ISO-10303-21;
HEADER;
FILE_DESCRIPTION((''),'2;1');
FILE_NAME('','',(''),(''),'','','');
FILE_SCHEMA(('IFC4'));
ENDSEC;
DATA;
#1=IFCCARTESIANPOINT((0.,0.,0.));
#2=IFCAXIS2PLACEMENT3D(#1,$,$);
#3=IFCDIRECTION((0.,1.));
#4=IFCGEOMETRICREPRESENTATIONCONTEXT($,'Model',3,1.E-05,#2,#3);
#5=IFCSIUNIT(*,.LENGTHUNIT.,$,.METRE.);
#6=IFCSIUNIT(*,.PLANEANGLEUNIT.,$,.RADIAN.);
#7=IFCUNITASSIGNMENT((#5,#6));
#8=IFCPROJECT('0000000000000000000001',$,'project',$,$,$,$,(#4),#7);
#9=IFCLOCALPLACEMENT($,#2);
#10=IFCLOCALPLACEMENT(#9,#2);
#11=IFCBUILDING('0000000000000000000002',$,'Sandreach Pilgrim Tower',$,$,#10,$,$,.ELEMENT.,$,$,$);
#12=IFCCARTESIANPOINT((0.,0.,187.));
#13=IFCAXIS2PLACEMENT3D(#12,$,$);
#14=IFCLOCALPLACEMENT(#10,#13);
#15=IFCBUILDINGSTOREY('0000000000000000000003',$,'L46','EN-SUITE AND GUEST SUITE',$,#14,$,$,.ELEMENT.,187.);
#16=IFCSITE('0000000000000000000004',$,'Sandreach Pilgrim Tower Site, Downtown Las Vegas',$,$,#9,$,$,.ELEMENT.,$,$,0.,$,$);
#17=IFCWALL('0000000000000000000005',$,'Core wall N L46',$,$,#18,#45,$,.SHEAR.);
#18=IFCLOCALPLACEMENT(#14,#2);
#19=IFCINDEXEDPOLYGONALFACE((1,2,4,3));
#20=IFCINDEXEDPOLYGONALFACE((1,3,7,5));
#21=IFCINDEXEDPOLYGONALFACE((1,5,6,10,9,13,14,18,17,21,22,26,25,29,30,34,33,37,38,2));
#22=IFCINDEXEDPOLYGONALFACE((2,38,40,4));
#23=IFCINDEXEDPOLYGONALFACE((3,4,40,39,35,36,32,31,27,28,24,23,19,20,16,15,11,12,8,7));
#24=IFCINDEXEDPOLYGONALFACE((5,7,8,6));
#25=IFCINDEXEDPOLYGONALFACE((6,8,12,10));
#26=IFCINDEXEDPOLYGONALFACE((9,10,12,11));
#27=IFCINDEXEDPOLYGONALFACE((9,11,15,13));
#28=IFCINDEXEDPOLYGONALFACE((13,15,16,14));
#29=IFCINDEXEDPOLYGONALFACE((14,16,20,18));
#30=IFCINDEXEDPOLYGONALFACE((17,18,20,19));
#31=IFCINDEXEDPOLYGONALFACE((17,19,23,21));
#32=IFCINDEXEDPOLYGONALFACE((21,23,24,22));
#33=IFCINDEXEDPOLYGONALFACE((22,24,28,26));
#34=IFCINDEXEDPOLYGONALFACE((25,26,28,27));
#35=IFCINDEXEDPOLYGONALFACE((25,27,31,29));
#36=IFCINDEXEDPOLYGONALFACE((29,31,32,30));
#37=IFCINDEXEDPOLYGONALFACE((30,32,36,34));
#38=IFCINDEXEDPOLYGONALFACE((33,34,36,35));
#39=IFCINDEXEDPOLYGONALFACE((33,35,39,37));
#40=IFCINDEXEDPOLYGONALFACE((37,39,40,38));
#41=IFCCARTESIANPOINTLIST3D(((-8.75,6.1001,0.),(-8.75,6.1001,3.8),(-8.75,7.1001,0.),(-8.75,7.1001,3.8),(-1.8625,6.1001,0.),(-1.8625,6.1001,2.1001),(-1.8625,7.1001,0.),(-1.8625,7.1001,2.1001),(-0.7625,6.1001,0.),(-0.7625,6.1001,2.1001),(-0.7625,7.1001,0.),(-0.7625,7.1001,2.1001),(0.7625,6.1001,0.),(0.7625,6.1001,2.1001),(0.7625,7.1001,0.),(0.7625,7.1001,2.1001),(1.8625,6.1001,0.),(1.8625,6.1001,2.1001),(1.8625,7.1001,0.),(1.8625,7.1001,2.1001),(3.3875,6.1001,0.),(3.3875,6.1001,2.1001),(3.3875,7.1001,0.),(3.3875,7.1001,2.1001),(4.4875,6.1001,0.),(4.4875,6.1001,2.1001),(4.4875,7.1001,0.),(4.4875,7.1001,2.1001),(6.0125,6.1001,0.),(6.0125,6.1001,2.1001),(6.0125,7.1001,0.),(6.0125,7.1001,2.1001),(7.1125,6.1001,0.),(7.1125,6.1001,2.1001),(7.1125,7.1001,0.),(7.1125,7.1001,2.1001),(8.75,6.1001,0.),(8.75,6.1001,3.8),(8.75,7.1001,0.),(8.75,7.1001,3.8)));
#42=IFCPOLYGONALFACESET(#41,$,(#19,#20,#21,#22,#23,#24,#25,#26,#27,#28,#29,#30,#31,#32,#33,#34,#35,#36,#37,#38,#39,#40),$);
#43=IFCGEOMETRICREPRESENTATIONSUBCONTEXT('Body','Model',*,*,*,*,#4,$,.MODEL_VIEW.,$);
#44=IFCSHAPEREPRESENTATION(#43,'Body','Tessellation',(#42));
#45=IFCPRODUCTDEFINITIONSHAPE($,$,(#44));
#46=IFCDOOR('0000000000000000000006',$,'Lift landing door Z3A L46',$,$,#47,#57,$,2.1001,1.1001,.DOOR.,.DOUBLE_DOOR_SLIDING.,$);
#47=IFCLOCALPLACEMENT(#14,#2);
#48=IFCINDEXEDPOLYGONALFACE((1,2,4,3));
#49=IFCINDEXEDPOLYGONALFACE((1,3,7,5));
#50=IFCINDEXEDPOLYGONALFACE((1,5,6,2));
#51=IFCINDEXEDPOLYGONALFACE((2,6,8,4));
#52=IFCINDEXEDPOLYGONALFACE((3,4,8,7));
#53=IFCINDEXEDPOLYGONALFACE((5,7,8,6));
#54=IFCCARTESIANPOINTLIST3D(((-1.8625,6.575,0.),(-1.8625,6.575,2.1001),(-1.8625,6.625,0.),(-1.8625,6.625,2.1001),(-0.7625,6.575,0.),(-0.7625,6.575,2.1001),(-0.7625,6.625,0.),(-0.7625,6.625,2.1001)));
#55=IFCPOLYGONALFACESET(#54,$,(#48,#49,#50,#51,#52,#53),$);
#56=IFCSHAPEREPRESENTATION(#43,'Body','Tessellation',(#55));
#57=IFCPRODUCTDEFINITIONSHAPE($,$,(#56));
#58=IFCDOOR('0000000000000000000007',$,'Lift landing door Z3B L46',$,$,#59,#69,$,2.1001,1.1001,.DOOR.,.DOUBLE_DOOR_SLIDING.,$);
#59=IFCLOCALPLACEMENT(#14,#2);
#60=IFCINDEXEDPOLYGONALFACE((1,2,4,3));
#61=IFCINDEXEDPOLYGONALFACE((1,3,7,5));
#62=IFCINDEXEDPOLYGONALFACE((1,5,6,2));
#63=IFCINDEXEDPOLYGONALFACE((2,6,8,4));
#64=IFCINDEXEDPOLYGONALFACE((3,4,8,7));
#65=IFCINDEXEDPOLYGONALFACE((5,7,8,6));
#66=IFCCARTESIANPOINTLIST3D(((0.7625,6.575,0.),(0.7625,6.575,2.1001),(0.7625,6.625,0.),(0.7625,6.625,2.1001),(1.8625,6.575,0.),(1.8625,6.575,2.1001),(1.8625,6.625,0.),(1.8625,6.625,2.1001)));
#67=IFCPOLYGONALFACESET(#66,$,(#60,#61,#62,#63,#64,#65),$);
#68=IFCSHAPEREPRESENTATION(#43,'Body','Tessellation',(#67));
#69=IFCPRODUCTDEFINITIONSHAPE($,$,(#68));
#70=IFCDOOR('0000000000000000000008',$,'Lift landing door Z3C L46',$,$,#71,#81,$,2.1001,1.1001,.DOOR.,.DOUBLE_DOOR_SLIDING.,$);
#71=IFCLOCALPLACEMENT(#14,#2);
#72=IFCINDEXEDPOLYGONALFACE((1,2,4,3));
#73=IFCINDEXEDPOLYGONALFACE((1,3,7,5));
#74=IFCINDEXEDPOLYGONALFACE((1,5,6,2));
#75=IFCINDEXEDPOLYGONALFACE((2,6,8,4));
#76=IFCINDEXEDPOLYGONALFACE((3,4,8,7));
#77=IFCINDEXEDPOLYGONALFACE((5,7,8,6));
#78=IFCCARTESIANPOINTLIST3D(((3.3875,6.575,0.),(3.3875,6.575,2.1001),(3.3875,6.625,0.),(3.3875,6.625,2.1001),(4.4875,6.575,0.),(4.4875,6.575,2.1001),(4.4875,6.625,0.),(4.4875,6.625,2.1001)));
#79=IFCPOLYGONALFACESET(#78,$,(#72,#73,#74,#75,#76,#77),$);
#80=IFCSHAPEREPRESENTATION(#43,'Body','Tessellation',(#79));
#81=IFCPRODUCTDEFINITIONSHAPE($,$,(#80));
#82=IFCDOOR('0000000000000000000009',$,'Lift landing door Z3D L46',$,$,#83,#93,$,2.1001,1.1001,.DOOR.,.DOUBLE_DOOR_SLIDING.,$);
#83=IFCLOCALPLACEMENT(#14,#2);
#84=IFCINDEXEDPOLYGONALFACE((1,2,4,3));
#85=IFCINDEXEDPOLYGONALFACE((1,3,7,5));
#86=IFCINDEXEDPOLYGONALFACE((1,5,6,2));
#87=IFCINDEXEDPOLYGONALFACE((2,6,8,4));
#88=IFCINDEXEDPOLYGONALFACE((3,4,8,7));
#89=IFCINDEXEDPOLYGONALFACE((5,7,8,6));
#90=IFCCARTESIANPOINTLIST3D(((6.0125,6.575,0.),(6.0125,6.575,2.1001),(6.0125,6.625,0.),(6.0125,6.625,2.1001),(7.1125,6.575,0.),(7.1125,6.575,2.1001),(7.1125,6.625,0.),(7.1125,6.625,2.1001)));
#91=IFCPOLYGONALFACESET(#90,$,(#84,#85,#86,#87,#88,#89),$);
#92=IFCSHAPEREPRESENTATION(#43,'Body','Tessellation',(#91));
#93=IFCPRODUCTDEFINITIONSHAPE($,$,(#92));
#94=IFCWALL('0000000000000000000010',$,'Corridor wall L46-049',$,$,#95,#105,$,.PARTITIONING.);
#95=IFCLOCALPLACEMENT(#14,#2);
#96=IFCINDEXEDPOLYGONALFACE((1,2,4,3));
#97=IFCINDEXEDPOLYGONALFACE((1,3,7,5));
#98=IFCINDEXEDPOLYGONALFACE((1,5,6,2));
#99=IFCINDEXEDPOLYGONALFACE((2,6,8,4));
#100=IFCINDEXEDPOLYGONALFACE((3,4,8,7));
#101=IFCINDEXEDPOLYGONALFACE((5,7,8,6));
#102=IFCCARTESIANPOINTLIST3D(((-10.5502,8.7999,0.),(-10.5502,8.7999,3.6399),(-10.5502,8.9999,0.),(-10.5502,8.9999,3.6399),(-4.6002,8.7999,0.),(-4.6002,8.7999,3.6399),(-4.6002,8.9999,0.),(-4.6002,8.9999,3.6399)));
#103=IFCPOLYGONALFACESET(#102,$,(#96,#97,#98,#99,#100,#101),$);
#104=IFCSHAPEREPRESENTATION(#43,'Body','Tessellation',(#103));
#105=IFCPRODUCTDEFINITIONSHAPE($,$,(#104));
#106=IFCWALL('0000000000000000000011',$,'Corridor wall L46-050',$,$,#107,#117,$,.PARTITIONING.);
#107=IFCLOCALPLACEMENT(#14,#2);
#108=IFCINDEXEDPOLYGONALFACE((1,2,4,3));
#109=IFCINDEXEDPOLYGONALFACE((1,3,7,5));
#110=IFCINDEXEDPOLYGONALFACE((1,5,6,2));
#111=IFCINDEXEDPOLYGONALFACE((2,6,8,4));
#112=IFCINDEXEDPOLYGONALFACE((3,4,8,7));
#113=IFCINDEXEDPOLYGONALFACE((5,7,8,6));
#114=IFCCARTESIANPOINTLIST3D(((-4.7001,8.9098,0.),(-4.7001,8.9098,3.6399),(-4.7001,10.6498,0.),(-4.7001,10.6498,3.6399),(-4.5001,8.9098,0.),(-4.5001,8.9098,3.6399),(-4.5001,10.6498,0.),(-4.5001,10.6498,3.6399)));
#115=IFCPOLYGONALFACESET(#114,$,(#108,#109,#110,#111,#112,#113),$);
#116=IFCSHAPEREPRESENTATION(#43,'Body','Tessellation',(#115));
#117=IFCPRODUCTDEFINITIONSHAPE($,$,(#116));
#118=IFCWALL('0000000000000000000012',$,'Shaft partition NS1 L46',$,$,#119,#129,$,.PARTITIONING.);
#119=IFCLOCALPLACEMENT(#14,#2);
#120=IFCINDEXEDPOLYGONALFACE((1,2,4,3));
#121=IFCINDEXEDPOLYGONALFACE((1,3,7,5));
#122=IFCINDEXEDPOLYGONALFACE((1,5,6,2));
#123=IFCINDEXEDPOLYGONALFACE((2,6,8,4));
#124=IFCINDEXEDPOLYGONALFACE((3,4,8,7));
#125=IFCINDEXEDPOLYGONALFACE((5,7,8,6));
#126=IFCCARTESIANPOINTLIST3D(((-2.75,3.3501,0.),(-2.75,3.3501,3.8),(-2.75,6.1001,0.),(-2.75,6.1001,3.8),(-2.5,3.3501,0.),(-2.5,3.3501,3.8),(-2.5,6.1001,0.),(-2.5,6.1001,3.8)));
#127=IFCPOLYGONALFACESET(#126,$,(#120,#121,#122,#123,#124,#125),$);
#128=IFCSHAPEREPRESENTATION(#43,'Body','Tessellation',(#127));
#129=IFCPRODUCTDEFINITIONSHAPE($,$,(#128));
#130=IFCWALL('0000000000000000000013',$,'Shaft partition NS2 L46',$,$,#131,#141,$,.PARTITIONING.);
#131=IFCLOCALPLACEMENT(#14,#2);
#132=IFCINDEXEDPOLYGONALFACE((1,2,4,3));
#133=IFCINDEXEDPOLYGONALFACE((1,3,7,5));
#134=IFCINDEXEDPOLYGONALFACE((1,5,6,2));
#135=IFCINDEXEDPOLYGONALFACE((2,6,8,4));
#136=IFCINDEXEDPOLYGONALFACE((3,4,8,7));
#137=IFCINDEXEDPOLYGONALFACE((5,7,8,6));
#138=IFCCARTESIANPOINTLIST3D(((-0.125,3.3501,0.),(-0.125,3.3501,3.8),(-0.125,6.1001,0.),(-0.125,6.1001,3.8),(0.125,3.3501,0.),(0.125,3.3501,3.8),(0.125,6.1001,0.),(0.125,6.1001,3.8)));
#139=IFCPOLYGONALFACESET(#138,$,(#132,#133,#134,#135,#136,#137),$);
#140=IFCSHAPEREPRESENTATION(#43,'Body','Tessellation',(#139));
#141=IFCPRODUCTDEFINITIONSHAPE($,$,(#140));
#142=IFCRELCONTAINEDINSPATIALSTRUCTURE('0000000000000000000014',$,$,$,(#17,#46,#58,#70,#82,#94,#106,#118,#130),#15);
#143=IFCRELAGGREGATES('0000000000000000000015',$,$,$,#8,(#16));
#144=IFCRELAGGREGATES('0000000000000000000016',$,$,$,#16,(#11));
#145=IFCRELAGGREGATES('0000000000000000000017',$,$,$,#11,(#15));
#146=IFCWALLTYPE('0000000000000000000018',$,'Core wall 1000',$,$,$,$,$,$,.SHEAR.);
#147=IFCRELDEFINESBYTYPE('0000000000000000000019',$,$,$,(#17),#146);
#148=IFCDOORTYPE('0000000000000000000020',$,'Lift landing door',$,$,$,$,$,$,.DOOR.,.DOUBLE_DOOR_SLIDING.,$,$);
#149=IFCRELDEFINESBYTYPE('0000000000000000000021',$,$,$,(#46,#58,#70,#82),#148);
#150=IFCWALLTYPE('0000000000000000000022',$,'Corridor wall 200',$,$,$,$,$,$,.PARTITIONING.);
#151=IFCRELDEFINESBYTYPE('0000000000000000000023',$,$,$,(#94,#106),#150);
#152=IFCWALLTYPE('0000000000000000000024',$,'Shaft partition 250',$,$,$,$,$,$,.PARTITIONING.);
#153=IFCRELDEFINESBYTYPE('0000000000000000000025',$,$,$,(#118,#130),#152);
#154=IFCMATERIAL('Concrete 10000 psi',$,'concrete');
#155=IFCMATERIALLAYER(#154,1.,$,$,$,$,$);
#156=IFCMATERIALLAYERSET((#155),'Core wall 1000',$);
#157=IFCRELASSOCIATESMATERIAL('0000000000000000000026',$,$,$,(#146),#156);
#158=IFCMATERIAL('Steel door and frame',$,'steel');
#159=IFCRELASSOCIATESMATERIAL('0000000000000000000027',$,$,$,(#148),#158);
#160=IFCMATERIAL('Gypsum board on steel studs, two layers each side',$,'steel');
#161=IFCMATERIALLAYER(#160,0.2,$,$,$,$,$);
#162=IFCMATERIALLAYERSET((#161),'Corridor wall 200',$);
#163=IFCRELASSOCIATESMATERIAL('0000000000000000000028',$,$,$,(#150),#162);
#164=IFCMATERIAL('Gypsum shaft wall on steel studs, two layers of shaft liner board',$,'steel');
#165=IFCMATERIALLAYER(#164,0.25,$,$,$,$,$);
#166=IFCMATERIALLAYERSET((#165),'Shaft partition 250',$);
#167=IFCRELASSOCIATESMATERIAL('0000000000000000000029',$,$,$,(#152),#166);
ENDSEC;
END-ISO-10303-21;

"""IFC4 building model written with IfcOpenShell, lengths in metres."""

from ifc_helpers import new_model, si_unit, direction, frame, frame_2d, origin, place, context, subcontext, project, spatial, rectangle, extrude, material, layer, layer_set, type_object, element, fill, save


model = new_model("IFC4")

# Units and contexts
model_context = context("Model", 3, precision=1e-05, world=origin(), true_north=direction((0.0, 1.0)))
body_context = subcontext(model_context, "Body", "Model", "MODEL_VIEW")
ifc_project = project(units=[si_unit("LENGTHUNIT", "METRE"), si_unit("PLANEANGLEUNIT", "RADIAN")], contexts=[model_context])

# Site, building, storey
site_placement = place(None, origin())
site = spatial("IfcSite", under=ifc_project, at=site_placement, Name="Sandreach Pilgrim Tower Site, Downtown Las Vegas", CompositionType="ELEMENT", RefElevation=0.0)
building_placement = place(site_placement, origin())
building = spatial("IfcBuilding", under=site, at=building_placement, Name="Sandreach Pilgrim Tower", CompositionType="ELEMENT")
storey_placement = place(building_placement, frame((0.0, 0.0, 187.0)))
storey = spatial("IfcBuildingStorey", under=building, at=storey_placement, Name="L46", Description="EN-SUITE AND GUEST SUITE", CompositionType="ELEMENT", Elevation=187.0)

# Wall, openings, doors
ifc_material_1 = material(Name="Concrete 10000 psi", Category="concrete")
ifc_layer_1 = layer(ifc_material_1, 1.0)
ifc_layer_set_1 = layer_set([ifc_layer_1], Name="Core wall 1000")
wall_type_1 = type_object("IfcWallType", Name="Core wall 1000", PredefinedType="SHEAR", material=ifc_layer_set_1)
wall_1_placement = place(storey_placement, frame((-8.75, 6.6001, 0.0), z_axis=(0.0, 0.0, 1.0), x_axis=(1.0, 0.0, 0.0)))
wall_1 = element("IfcWall", 1, at=wall_1_placement, inside=storey, type_object=wall_type_1, Name="Core wall N L46", PredefinedType="SHEAR", context=body_context, shape_type="SweptSolid", body=[
    extrude(rectangle(XDim=17.5, YDim=1.0, at=frame_2d((8.75, 0.0))), origin(), (0.0, 0.0, 1.0), 3.8),
])
opening_1_placement = place(wall_1_placement, frame((6.8875, 0.0, 0.0)))
opening_1 = element("IfcOpeningElement", 2, at=opening_1_placement, cuts=wall_1, PredefinedType="OPENING", context=body_context, shape_type="SweptSolid", body=[
    extrude(rectangle(XDim=1.1001, YDim=2.1001, at=frame_2d((0.55, 1.05))), frame((0.0, 0.5, 0.0), z_axis=(0.0, -1.0, 0.0), x_axis=(1.0, 0.0, 0.0)), (0.0, 0.0, 1.0), 1.0),
])
opening_2_placement = place(wall_1_placement, frame((9.5125, 0.0, 0.0)))
opening_2 = element("IfcOpeningElement", 3, at=opening_2_placement, cuts=wall_1, PredefinedType="OPENING", context=body_context, shape_type="SweptSolid", body=[
    extrude(rectangle(XDim=1.1001, YDim=2.1001, at=frame_2d((0.55, 1.05))), frame((0.0, 0.5, 0.0), z_axis=(0.0, -1.0, 0.0), x_axis=(1.0, 0.0, 0.0)), (0.0, 0.0, 1.0), 1.0),
])
opening_3_placement = place(wall_1_placement, frame((12.1375, 0.0, 0.0)))
opening_3 = element("IfcOpeningElement", 4, at=opening_3_placement, cuts=wall_1, PredefinedType="OPENING", context=body_context, shape_type="SweptSolid", body=[
    extrude(rectangle(XDim=1.1001, YDim=2.1001, at=frame_2d((0.55, 1.05))), frame((0.0, 0.5, 0.0), z_axis=(0.0, -1.0, 0.0), x_axis=(1.0, 0.0, 0.0)), (0.0, 0.0, 1.0), 1.0),
])
opening_4_placement = place(wall_1_placement, frame((14.7625, 0.0, 0.0)))
opening_4 = element("IfcOpeningElement", 5, at=opening_4_placement, cuts=wall_1, PredefinedType="OPENING", context=body_context, shape_type="SweptSolid", body=[
    extrude(rectangle(XDim=1.1001, YDim=2.1001, at=frame_2d((0.55, 1.05))), frame((0.0, 0.5, 0.0), z_axis=(0.0, -1.0, 0.0), x_axis=(1.0, 0.0, 0.0)), (0.0, 0.0, 1.0), 1.0),
])
ifc_material_2 = material(Name="Steel door and frame", Category="steel")
door_type_1 = type_object("IfcDoorType", Name="Lift landing door", OperationType="DOUBLE_DOOR_SLIDING", PredefinedType="DOOR", material=ifc_material_2)
door_1_placement = place(opening_1_placement, origin())
door_1 = element("IfcDoor", 6, at=door_1_placement, inside=storey, type_object=door_type_1, Name="Lift landing door Z3A L46", OperationType="DOUBLE_DOOR_SLIDING", OverallHeight=2.1001, OverallWidth=1.1001, PredefinedType="DOOR", context=body_context, shape_type="SweptSolid", body=[
    extrude(rectangle(XDim=1.1001, YDim=2.1001, at=frame_2d((0.55, 1.05))), frame((0.0, 0.0249, 0.0), z_axis=(0.0, -1.0, 0.0), x_axis=(1.0, 0.0, 0.0)), (0.0, 0.0, 1.0), 0.05),
])
fill(opening_1, door_1)
door_2_placement = place(opening_2_placement, origin())
door_2 = element("IfcDoor", 7, at=door_2_placement, inside=storey, type_object=door_type_1, Name="Lift landing door Z3B L46", OperationType="DOUBLE_DOOR_SLIDING", OverallHeight=2.1001, OverallWidth=1.1001, PredefinedType="DOOR", context=body_context, shape_type="SweptSolid", body=[
    extrude(rectangle(XDim=1.1001, YDim=2.1001, at=frame_2d((0.55, 1.05))), frame((0.0, 0.0249, 0.0), z_axis=(0.0, -1.0, 0.0), x_axis=(1.0, 0.0, 0.0)), (0.0, 0.0, 1.0), 0.05),
])
fill(opening_2, door_2)
door_3_placement = place(opening_3_placement, origin())
door_3 = element("IfcDoor", 8, at=door_3_placement, inside=storey, type_object=door_type_1, Name="Lift landing door Z3C L46", OperationType="DOUBLE_DOOR_SLIDING", OverallHeight=2.1001, OverallWidth=1.1001, PredefinedType="DOOR", context=body_context, shape_type="SweptSolid", body=[
    extrude(rectangle(XDim=1.1001, YDim=2.1001, at=frame_2d((0.55, 1.05))), frame((0.0, 0.0249, 0.0), z_axis=(0.0, -1.0, 0.0), x_axis=(1.0, 0.0, 0.0)), (0.0, 0.0, 1.0), 0.05),
])
fill(opening_3, door_3)
door_4_placement = place(opening_4_placement, origin())
door_4 = element("IfcDoor", 9, at=door_4_placement, inside=storey, type_object=door_type_1, Name="Lift landing door Z3D L46", OperationType="DOUBLE_DOOR_SLIDING", OverallHeight=2.1001, OverallWidth=1.1001, PredefinedType="DOOR", context=body_context, shape_type="SweptSolid", body=[
    extrude(rectangle(XDim=1.1001, YDim=2.1001, at=frame_2d((0.55, 1.05))), frame((0.0, 0.0249, 0.0), z_axis=(0.0, -1.0, 0.0), x_axis=(1.0, 0.0, 0.0)), (0.0, 0.0, 1.0), 0.05),
])
fill(opening_4, door_4)

# Walls
ifc_material_3 = material(Name="Gypsum board on steel studs, two layers each side", Category="steel")
ifc_layer_2 = layer(ifc_material_3, 0.2)
ifc_layer_set_2 = layer_set([ifc_layer_2], Name="Corridor wall 200")
wall_type_2 = type_object("IfcWallType", Name="Corridor wall 200", PredefinedType="PARTITIONING", material=ifc_layer_set_2)
wall_2_placement = place(storey_placement, frame((-4.6001, 8.8999, 0.0), z_axis=(0.0, 0.0, 1.0), x_axis=(-1.0, 0.0, 0.0)))
element("IfcWall", 10, at=wall_2_placement, inside=storey, type_object=wall_type_2, Name="Corridor wall L46-049", PredefinedType="PARTITIONING", context=body_context, shape_type="SweptSolid", body=[
    extrude(rectangle(XDim=5.95, YDim=0.2, at=frame_2d((2.9751, 0.0))), origin(), (0.0, 0.0, 1.0), 3.6399),
])
wall_3_placement = place(storey_placement, frame((-4.6001, 10.6499, 0.0), z_axis=(0.0, 0.0, 1.0), x_axis=(0.0, -1.0, 0.0)))
element("IfcWall", 11, at=wall_3_placement, inside=storey, type_object=wall_type_2, Name="Corridor wall L46-050", PredefinedType="PARTITIONING", context=body_context, shape_type="SweptSolid", body=[
    extrude(rectangle(XDim=1.74, YDim=0.2, at=frame_2d((0.8701, 0.0))), origin(), (0.0, 0.0, 1.0), 3.6399),
])

# Walls
ifc_material_4 = material(Name="Gypsum shaft wall on steel studs, two layers of shaft liner board", Category="steel")
ifc_layer_3 = layer(ifc_material_4, 0.25)
ifc_layer_set_3 = layer_set([ifc_layer_3], Name="Shaft partition 250")
wall_type_3 = type_object("IfcWallType", Name="Shaft partition 250", PredefinedType="PARTITIONING", material=ifc_layer_set_3)
for number, where, z_axis, x_axis, name in (
    (12, (-2.625, 3.3501, 0.0), (0.0, 0.0, 1.0), (0.0, 1.0, 0.0), "Shaft partition NS1 L46"),
    (13, (0.0, 3.3501, 0.0), (0.0, 0.0, 1.0), (0.0, 1.0, 0.0), "Shaft partition NS2 L46"),
):
    element("IfcWall", number, at=place(storey_placement, frame(where, z_axis=z_axis, x_axis=x_axis)), inside=storey, type_object=wall_type_3, Name=name, PredefinedType="PARTITIONING", context=body_context, shape_type="SweptSolid", body=[
        extrude(rectangle(XDim=2.75, YDim=0.25, at=frame_2d((1.375, 0.0))), origin(), (0.0, 0.0, 1.0), 3.8),
    ])

save(model, "model.ifc")
